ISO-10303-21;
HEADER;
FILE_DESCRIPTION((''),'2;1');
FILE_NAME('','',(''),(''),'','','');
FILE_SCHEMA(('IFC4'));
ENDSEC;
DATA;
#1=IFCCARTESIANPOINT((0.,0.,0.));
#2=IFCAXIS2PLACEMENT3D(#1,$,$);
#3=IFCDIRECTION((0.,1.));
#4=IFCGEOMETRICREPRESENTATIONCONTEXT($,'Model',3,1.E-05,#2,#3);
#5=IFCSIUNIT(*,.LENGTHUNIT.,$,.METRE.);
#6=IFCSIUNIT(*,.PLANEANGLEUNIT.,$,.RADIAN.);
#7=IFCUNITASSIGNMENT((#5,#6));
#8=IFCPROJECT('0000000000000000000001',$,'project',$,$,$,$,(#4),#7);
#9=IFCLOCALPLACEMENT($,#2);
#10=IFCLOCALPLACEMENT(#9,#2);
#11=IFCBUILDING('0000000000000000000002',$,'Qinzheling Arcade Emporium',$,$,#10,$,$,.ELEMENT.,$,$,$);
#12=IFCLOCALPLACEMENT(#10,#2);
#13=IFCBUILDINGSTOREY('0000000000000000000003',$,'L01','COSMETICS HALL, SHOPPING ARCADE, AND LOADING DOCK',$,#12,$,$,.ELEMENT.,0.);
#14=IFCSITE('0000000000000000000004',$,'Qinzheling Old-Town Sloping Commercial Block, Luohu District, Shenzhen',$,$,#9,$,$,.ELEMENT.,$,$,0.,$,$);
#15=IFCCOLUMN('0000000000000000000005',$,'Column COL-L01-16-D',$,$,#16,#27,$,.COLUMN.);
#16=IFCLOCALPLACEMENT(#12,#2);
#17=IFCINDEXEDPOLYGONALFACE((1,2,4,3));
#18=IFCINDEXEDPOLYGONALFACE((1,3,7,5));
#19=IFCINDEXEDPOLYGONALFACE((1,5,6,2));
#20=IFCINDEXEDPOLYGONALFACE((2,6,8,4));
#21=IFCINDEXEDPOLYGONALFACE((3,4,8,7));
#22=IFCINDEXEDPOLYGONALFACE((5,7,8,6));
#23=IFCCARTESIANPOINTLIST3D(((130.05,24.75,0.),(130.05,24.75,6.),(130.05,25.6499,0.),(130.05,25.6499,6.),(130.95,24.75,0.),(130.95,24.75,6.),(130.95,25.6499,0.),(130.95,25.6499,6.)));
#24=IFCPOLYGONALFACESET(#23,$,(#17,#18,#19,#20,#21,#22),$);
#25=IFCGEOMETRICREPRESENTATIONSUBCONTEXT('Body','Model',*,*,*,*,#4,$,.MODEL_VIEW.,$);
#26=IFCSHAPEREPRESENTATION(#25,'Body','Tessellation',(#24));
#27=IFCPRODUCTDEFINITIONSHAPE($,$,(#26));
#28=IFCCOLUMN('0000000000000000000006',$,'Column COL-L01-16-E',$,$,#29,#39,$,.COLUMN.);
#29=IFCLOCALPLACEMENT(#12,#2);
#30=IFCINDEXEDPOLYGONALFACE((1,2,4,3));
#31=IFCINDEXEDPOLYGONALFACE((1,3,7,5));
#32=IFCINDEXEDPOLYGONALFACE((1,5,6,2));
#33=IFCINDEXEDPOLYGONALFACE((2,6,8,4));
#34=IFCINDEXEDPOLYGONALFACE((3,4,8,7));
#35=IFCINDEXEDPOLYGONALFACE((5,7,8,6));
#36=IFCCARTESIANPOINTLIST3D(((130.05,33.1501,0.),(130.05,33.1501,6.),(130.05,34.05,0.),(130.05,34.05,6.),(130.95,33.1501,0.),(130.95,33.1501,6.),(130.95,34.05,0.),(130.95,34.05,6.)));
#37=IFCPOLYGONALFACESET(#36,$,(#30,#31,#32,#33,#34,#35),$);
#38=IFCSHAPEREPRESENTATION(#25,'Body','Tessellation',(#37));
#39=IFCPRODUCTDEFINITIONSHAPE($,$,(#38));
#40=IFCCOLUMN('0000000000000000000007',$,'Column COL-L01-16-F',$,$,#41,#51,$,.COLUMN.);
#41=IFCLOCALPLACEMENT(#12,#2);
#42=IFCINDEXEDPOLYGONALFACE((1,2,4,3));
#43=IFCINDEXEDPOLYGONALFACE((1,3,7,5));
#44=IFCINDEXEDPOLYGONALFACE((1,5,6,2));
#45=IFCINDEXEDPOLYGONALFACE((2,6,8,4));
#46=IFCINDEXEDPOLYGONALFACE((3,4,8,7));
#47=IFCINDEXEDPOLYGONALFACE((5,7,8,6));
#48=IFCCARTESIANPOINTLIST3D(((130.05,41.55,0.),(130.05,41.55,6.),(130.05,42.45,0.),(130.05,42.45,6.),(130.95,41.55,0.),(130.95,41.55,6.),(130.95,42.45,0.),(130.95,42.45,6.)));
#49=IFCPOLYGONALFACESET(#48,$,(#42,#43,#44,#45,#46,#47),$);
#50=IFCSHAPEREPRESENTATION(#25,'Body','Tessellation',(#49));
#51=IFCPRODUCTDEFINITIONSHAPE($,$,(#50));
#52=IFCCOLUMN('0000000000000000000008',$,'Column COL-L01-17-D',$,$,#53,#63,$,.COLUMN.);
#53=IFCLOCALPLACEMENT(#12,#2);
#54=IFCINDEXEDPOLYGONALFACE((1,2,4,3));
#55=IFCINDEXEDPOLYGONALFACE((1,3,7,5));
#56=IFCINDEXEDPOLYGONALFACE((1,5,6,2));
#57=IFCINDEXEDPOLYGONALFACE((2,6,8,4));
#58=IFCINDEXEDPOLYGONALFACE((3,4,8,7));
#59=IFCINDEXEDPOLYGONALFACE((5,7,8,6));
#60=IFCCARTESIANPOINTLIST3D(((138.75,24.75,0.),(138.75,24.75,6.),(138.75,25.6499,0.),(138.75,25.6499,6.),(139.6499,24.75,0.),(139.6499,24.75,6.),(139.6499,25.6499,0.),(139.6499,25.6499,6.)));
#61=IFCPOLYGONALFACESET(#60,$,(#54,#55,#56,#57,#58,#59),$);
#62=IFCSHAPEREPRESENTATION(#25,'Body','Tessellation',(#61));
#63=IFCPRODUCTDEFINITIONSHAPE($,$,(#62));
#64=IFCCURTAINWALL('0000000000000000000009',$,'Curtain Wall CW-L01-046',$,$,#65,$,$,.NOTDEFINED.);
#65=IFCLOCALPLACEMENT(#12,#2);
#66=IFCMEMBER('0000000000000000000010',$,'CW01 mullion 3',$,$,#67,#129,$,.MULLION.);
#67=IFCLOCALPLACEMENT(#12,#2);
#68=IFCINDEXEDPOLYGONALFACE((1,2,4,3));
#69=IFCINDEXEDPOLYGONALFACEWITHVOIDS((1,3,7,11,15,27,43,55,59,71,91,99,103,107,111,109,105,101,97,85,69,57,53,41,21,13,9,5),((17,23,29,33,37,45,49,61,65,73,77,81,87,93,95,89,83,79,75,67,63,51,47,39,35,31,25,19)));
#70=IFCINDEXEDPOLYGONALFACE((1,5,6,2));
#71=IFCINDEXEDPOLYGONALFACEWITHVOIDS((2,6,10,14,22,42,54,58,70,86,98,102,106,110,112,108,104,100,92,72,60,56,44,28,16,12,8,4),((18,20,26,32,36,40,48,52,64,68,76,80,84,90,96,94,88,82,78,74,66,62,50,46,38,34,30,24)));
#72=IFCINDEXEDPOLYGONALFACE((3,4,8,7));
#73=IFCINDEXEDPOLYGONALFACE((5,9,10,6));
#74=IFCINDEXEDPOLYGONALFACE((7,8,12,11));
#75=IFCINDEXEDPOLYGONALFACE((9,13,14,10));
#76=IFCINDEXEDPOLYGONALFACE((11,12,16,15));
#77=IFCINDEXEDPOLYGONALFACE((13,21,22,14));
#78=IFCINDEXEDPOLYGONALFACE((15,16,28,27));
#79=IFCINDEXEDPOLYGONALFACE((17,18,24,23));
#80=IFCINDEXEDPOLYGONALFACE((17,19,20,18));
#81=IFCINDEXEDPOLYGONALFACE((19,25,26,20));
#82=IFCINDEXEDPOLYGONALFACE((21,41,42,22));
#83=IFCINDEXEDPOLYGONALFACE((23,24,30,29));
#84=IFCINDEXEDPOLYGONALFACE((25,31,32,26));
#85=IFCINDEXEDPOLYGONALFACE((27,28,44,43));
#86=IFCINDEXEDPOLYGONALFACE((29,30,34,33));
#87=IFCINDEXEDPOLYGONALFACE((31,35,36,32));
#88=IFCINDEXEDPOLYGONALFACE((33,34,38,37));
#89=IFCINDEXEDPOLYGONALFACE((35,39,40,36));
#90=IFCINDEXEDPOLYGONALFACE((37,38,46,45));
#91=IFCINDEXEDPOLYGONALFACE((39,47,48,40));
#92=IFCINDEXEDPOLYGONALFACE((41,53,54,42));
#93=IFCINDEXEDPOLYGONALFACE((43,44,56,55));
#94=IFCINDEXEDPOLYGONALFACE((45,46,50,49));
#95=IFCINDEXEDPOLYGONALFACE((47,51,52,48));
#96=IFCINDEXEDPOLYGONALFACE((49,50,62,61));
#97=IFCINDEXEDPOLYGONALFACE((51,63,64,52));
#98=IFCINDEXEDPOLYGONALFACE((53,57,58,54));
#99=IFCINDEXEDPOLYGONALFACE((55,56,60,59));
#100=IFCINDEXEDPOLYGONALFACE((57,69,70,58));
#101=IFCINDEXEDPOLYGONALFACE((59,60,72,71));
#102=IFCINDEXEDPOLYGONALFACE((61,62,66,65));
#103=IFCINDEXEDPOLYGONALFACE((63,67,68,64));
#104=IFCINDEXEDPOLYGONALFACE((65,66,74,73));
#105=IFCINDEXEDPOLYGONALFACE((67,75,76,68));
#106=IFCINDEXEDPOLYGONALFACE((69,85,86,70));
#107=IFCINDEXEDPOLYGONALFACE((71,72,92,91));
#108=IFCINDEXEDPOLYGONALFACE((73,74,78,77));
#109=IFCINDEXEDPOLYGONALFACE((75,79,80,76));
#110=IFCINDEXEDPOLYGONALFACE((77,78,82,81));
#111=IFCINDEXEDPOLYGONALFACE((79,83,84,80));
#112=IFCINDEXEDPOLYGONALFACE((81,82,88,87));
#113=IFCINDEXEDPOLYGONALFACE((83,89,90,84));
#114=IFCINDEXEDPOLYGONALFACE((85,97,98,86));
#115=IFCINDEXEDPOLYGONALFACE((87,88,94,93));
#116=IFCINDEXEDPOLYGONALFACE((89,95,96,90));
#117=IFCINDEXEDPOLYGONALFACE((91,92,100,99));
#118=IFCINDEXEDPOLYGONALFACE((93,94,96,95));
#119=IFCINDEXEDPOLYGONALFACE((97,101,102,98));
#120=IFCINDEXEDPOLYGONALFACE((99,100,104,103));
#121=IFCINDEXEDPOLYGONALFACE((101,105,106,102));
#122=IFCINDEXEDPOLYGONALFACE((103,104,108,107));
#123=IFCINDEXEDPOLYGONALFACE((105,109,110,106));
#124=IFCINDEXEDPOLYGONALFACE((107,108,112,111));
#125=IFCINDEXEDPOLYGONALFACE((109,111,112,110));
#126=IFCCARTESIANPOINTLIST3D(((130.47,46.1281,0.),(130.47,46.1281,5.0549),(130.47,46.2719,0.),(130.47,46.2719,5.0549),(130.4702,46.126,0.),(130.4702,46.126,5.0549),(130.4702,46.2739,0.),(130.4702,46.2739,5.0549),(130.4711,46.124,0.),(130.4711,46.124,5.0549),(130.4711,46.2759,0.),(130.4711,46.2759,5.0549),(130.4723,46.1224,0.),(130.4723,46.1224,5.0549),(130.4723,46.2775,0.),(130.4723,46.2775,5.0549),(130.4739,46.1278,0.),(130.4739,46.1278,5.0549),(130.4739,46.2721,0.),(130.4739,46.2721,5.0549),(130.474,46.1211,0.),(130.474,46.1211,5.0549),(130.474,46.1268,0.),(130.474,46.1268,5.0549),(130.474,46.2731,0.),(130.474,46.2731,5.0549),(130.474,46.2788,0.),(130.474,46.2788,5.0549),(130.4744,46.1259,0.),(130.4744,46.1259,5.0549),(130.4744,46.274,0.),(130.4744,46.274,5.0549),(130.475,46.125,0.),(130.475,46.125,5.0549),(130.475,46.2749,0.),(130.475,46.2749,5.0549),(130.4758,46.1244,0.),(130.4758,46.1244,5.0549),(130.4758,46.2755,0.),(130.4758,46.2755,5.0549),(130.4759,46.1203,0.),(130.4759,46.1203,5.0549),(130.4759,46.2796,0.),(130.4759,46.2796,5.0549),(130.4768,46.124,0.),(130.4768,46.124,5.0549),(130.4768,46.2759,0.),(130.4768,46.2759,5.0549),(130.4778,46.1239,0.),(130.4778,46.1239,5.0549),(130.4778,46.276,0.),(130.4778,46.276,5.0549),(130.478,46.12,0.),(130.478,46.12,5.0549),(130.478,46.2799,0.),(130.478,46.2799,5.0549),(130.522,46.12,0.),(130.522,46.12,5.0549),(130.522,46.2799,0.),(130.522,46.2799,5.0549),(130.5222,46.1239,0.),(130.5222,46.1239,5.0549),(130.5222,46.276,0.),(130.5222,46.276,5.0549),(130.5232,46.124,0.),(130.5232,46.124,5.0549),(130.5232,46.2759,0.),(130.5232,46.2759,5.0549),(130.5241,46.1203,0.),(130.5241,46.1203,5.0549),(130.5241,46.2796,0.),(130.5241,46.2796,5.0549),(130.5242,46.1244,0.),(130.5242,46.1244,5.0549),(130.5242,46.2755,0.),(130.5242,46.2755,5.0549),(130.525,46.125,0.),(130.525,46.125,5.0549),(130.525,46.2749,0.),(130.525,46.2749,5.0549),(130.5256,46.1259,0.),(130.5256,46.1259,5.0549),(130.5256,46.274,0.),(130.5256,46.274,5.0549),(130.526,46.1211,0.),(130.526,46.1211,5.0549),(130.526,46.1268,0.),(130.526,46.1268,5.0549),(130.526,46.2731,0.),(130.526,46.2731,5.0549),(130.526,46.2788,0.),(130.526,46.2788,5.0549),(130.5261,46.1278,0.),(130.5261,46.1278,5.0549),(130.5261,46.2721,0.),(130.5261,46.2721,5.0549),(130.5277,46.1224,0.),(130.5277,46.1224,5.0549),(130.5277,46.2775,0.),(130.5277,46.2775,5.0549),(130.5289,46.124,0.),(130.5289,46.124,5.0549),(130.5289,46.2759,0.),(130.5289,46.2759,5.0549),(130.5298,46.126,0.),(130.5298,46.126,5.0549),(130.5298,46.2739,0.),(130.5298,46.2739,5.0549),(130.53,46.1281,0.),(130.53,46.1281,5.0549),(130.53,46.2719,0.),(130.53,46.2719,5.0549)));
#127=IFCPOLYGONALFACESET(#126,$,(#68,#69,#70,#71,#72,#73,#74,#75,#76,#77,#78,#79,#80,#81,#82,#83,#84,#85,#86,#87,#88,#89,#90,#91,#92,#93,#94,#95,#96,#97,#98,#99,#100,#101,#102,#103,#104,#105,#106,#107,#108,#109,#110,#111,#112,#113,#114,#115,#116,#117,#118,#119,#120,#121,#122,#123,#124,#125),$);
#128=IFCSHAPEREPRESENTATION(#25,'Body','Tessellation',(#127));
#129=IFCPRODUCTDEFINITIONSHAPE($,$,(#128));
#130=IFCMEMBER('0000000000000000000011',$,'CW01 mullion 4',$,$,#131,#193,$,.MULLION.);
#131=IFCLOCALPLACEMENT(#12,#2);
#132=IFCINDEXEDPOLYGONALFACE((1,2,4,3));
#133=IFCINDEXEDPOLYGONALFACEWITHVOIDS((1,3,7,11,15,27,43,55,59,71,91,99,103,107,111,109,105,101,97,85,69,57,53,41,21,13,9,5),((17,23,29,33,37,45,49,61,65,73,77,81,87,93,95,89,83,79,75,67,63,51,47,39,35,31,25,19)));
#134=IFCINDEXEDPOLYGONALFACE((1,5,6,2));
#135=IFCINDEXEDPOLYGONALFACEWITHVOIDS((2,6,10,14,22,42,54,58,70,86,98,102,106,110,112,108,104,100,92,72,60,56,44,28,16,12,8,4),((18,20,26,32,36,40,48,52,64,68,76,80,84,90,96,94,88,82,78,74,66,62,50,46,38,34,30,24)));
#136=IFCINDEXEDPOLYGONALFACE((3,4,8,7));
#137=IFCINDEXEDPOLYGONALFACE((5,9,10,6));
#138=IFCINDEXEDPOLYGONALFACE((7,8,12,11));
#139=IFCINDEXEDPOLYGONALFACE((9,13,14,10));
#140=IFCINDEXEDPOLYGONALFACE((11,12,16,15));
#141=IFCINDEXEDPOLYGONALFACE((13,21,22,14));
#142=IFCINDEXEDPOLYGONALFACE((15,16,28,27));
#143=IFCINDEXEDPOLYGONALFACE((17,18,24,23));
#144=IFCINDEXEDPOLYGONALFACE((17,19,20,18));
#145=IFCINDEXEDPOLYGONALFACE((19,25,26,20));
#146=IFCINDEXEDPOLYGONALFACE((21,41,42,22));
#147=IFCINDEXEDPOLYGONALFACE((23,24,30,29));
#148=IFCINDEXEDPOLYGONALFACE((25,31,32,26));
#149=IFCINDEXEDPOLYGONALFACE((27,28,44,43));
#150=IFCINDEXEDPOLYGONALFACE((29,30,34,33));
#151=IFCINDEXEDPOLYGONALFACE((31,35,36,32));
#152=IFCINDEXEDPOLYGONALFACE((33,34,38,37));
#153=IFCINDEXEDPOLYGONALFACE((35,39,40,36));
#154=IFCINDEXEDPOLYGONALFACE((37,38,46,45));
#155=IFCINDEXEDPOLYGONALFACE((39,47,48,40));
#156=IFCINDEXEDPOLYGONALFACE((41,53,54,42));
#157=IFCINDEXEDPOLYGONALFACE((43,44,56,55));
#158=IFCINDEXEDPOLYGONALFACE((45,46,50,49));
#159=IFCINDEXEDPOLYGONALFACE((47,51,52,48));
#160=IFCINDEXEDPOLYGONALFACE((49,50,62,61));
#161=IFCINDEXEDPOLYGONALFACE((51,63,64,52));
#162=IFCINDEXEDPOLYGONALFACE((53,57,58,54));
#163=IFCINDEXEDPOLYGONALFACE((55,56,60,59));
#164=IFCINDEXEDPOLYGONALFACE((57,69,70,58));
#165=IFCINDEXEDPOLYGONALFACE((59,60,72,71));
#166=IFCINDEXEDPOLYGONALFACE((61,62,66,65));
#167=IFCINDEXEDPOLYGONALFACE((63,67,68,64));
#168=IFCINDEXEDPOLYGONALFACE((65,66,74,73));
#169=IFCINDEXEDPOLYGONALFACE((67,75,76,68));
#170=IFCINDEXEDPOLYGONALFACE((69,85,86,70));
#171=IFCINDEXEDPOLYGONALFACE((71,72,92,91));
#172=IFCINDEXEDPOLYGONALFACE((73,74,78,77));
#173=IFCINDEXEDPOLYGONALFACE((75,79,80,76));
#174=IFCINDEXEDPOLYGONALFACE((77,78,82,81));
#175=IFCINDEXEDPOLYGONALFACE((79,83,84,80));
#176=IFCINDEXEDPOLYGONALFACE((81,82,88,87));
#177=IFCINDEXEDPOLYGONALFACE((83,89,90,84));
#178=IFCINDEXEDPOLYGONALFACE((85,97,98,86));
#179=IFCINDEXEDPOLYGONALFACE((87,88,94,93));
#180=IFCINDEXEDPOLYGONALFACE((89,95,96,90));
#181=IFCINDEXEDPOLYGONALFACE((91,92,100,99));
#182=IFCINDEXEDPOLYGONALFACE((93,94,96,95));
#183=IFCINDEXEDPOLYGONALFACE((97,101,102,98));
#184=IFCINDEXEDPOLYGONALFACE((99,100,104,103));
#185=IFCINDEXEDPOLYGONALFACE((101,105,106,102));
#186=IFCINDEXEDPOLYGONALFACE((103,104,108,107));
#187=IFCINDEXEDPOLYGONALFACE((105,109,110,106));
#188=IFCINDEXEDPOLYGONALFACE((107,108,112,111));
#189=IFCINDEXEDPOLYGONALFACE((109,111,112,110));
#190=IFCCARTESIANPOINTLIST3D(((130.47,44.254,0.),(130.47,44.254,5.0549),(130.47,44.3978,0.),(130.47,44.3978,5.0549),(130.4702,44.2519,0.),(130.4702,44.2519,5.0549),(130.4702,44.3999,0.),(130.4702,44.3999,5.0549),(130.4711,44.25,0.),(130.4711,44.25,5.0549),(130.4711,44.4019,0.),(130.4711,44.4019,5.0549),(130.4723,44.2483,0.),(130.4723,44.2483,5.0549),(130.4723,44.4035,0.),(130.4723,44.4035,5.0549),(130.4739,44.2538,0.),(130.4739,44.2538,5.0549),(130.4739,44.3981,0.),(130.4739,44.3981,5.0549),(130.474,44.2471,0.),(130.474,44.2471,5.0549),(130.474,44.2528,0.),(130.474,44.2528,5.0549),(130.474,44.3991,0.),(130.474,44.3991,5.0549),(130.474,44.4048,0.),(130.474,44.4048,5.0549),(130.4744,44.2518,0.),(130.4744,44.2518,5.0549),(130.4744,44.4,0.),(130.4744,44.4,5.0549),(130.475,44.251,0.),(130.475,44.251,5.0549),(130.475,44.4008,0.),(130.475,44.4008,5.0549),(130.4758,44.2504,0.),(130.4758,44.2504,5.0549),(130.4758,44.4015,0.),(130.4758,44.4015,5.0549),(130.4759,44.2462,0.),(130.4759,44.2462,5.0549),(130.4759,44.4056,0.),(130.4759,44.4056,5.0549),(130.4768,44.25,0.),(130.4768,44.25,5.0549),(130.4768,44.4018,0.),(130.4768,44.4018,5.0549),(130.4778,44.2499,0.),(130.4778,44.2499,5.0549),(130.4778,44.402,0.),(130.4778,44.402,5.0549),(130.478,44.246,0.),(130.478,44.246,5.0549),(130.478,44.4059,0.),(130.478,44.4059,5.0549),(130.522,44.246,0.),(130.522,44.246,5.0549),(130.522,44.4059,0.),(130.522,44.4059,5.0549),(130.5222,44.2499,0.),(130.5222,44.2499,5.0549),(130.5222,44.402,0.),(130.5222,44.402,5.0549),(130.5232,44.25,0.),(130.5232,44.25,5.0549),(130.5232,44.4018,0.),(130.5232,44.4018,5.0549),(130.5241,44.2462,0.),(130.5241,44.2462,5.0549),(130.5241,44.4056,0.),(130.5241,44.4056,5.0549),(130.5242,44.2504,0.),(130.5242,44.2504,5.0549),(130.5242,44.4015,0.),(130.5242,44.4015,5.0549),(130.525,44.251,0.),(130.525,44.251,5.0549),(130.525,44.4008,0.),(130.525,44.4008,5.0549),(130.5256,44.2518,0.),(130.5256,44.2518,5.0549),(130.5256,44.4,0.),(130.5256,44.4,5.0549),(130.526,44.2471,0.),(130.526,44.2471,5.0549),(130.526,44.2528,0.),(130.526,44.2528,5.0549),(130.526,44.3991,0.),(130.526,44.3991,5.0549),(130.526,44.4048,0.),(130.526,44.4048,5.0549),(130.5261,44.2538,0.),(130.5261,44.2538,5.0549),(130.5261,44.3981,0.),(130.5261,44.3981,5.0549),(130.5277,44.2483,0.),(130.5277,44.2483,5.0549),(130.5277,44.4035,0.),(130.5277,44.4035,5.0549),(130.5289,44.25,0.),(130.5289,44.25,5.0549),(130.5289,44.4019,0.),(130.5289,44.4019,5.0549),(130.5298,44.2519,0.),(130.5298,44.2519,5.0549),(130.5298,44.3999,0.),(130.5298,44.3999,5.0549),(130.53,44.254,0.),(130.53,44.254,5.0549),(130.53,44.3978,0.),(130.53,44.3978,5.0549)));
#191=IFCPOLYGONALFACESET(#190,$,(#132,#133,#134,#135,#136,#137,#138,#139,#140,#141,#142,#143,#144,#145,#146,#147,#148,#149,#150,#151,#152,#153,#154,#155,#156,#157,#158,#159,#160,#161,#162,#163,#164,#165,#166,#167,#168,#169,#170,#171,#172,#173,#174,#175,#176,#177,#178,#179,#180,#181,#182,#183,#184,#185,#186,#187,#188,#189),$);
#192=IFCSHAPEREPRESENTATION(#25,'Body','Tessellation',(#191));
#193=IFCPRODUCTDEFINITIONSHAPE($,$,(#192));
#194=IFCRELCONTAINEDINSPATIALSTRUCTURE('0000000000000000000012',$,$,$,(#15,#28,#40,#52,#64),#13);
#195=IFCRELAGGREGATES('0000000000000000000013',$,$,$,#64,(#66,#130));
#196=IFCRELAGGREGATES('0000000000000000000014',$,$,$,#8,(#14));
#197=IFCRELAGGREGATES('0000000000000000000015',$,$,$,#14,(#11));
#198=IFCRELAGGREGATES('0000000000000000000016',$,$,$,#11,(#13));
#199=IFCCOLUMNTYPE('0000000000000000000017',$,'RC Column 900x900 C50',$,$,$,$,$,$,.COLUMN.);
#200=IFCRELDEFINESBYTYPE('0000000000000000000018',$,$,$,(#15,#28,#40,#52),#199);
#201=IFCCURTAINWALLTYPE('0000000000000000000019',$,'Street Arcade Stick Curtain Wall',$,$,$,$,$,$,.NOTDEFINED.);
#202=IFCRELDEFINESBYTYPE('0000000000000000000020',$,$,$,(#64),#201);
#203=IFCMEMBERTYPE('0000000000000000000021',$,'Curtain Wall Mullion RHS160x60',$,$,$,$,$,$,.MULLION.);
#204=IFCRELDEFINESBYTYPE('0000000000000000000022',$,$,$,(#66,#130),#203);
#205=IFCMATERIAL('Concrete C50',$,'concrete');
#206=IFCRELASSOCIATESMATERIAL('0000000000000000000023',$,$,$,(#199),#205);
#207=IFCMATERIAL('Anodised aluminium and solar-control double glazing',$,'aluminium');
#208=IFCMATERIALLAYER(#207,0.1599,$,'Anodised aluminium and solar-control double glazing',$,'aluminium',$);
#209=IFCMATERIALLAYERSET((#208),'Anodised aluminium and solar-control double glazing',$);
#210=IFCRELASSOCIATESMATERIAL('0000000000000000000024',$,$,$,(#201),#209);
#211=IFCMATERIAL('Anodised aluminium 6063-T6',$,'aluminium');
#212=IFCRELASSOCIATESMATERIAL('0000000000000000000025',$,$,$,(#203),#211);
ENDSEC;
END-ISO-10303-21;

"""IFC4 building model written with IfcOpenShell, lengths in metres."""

from ifc_helpers import new_model, si_unit, direction, frame, origin, origin_2d, place, context, subcontext, project, spatial, rectangle, hollow_rectangle, extrude, material, layer, layer_set, material_profile, profile_set, type_object, element, aggregate, save


model = new_model("IFC4")

# Units and contexts
model_context = context("Model", 3, precision=1e-05, world=origin(), true_north=direction((0.0, 1.0)))
body_context = subcontext(model_context, "Body", "Model", "MODEL_VIEW")
ifc_project = project(units=[si_unit("LENGTHUNIT", "METRE"), si_unit("PLANEANGLEUNIT", "RADIAN")], contexts=[model_context])

# Site, building, storey
site_placement = place(None, origin())
site = spatial("IfcSite", under=ifc_project, at=site_placement, Name="Qinzheling Old-Town Sloping Commercial Block, Luohu District, Shenzhen", CompositionType="ELEMENT", RefElevation=0.0)
building_placement = place(site_placement, origin())
building = spatial("IfcBuilding", under=site, at=building_placement, Name="Qinzheling Arcade Emporium", CompositionType="ELEMENT")
storey_placement = place(building_placement, origin())
storey = spatial("IfcBuildingStorey", under=building, at=storey_placement, Name="L01", Description="COSMETICS HALL, SHOPPING ARCADE, AND LOADING DOCK", CompositionType="ELEMENT", Elevation=0.0)

# Columns
ifc_material_1 = material(Name="Concrete C50", Category="concrete")
ifc_material_profile_1 = material_profile(ifc_material_1, rectangle(XDim=0.8999, YDim=0.8999, at=origin_2d()), Name="RC 900x900", Category="concrete")
ifc_profile_set_1 = profile_set([ifc_material_profile_1], Name="Concrete C50")
column_type = type_object("IfcColumnType", Name="RC Column 900x900 C50", PredefinedType="COLUMN", material=ifc_profile_set_1)
for number, where, z_axis, x_axis, name in (
    (1, (130.5, 25.2, 0.0), (0.0, 0.0, 1.0), (1.0, 0.0, 0.0), "Column COL-L01-16-D"),
    (2, (130.5, 33.6001, 0.0), (0.0, 0.0, 1.0), (1.0, 0.0, 0.0), "Column COL-L01-16-E"),
    (3, (130.5, 42.0, 0.0), (0.0, 0.0, 1.0), (1.0, 0.0, 0.0), "Column COL-L01-16-F"),
    (4, (139.2, 25.2, 0.0), (0.0, 0.0, 1.0), (1.0, 0.0, 0.0), "Column COL-L01-17-D"),
):
    element("IfcColumn", number, at=place(storey_placement, frame(where, z_axis=z_axis, x_axis=x_axis)), inside=storey, type_object=column_type, Name=name, PredefinedType="COLUMN", context=body_context, shape_type="SweptSolid", body=[
        extrude(rectangle(XDim=0.8999, YDim=0.8999, at=origin_2d()), origin(), (0.0, 0.0, 1.0), 6.0),
    ])

# Curtain wall, members
ifc_material_2 = material(Name="Anodised aluminium and solar-control double glazing", Category="aluminium")
ifc_layer_1 = layer(ifc_material_2, 0.1599, Name="Anodised aluminium and solar-control double glazing", Category="aluminium")
ifc_layer_set_1 = layer_set([ifc_layer_1], Name="Anodised aluminium and solar-control double glazing")
curtain_wall_type = type_object("IfcCurtainWallType", Name="Street Arcade Stick Curtain Wall", PredefinedType="NOTDEFINED", material=ifc_layer_set_1)
curtain_wall_placement = place(storey_placement, origin())
curtain_wall = element("IfcCurtainWall", 5, at=curtain_wall_placement, inside=storey, type_object=curtain_wall_type, Name="Curtain Wall CW-L01-046", PredefinedType="NOTDEFINED")
ifc_material_3 = material(Name="Anodised aluminium 6063-T6", Category="aluminium")
ifc_material_profile_2 = material_profile(ifc_material_3, hollow_rectangle(XDim=0.0601, YDim=0.1599, WallThickness=0.0039, InnerFilletRadius=0.0039, OuterFilletRadius=0.0081, at=origin_2d()), Name="RHS 160x60x4", Category="aluminium")
ifc_profile_set_2 = profile_set([ifc_material_profile_2], Name="Anodised aluminium 6063-T6")
member_type_1 = type_object("IfcMemberType", Name="Curtain Wall Mullion RHS160x60", PredefinedType="MULLION", material=ifc_profile_set_2)
member_1_placement = place(storey_placement, frame((130.5, 46.2, 0.0), z_axis=(0.0, 0.0, 1.0), x_axis=(1.0, 0.0, 0.0)))
member_1 = element("IfcMember", 6, at=member_1_placement, type_object=member_type_1, Name="CW01 mullion 3", PredefinedType="MULLION", context=body_context, shape_type="SweptSolid", body=[
    extrude(hollow_rectangle(XDim=0.0601, YDim=0.1599, WallThickness=0.0039, InnerFilletRadius=0.0039, OuterFilletRadius=0.0081, at=origin_2d()), origin(), (0.0, 0.0, 1.0), 5.0549),
])
member_2_placement = place(storey_placement, frame((130.5, 44.3259, 0.0), z_axis=(0.0, 0.0, 1.0), x_axis=(1.0, 0.0, 0.0)))
member_2 = element("IfcMember", 7, at=member_2_placement, type_object=member_type_1, Name="CW01 mullion 4", PredefinedType="MULLION", context=body_context, shape_type="SweptSolid", body=[
    extrude(hollow_rectangle(XDim=0.0601, YDim=0.1599, WallThickness=0.0039, InnerFilletRadius=0.0039, OuterFilletRadius=0.0081, at=origin_2d()), origin(), (0.0, 0.0, 1.0), 5.0549),
])

aggregate(curtain_wall, [member_1, member_2])

save(model, "model.ifc")
